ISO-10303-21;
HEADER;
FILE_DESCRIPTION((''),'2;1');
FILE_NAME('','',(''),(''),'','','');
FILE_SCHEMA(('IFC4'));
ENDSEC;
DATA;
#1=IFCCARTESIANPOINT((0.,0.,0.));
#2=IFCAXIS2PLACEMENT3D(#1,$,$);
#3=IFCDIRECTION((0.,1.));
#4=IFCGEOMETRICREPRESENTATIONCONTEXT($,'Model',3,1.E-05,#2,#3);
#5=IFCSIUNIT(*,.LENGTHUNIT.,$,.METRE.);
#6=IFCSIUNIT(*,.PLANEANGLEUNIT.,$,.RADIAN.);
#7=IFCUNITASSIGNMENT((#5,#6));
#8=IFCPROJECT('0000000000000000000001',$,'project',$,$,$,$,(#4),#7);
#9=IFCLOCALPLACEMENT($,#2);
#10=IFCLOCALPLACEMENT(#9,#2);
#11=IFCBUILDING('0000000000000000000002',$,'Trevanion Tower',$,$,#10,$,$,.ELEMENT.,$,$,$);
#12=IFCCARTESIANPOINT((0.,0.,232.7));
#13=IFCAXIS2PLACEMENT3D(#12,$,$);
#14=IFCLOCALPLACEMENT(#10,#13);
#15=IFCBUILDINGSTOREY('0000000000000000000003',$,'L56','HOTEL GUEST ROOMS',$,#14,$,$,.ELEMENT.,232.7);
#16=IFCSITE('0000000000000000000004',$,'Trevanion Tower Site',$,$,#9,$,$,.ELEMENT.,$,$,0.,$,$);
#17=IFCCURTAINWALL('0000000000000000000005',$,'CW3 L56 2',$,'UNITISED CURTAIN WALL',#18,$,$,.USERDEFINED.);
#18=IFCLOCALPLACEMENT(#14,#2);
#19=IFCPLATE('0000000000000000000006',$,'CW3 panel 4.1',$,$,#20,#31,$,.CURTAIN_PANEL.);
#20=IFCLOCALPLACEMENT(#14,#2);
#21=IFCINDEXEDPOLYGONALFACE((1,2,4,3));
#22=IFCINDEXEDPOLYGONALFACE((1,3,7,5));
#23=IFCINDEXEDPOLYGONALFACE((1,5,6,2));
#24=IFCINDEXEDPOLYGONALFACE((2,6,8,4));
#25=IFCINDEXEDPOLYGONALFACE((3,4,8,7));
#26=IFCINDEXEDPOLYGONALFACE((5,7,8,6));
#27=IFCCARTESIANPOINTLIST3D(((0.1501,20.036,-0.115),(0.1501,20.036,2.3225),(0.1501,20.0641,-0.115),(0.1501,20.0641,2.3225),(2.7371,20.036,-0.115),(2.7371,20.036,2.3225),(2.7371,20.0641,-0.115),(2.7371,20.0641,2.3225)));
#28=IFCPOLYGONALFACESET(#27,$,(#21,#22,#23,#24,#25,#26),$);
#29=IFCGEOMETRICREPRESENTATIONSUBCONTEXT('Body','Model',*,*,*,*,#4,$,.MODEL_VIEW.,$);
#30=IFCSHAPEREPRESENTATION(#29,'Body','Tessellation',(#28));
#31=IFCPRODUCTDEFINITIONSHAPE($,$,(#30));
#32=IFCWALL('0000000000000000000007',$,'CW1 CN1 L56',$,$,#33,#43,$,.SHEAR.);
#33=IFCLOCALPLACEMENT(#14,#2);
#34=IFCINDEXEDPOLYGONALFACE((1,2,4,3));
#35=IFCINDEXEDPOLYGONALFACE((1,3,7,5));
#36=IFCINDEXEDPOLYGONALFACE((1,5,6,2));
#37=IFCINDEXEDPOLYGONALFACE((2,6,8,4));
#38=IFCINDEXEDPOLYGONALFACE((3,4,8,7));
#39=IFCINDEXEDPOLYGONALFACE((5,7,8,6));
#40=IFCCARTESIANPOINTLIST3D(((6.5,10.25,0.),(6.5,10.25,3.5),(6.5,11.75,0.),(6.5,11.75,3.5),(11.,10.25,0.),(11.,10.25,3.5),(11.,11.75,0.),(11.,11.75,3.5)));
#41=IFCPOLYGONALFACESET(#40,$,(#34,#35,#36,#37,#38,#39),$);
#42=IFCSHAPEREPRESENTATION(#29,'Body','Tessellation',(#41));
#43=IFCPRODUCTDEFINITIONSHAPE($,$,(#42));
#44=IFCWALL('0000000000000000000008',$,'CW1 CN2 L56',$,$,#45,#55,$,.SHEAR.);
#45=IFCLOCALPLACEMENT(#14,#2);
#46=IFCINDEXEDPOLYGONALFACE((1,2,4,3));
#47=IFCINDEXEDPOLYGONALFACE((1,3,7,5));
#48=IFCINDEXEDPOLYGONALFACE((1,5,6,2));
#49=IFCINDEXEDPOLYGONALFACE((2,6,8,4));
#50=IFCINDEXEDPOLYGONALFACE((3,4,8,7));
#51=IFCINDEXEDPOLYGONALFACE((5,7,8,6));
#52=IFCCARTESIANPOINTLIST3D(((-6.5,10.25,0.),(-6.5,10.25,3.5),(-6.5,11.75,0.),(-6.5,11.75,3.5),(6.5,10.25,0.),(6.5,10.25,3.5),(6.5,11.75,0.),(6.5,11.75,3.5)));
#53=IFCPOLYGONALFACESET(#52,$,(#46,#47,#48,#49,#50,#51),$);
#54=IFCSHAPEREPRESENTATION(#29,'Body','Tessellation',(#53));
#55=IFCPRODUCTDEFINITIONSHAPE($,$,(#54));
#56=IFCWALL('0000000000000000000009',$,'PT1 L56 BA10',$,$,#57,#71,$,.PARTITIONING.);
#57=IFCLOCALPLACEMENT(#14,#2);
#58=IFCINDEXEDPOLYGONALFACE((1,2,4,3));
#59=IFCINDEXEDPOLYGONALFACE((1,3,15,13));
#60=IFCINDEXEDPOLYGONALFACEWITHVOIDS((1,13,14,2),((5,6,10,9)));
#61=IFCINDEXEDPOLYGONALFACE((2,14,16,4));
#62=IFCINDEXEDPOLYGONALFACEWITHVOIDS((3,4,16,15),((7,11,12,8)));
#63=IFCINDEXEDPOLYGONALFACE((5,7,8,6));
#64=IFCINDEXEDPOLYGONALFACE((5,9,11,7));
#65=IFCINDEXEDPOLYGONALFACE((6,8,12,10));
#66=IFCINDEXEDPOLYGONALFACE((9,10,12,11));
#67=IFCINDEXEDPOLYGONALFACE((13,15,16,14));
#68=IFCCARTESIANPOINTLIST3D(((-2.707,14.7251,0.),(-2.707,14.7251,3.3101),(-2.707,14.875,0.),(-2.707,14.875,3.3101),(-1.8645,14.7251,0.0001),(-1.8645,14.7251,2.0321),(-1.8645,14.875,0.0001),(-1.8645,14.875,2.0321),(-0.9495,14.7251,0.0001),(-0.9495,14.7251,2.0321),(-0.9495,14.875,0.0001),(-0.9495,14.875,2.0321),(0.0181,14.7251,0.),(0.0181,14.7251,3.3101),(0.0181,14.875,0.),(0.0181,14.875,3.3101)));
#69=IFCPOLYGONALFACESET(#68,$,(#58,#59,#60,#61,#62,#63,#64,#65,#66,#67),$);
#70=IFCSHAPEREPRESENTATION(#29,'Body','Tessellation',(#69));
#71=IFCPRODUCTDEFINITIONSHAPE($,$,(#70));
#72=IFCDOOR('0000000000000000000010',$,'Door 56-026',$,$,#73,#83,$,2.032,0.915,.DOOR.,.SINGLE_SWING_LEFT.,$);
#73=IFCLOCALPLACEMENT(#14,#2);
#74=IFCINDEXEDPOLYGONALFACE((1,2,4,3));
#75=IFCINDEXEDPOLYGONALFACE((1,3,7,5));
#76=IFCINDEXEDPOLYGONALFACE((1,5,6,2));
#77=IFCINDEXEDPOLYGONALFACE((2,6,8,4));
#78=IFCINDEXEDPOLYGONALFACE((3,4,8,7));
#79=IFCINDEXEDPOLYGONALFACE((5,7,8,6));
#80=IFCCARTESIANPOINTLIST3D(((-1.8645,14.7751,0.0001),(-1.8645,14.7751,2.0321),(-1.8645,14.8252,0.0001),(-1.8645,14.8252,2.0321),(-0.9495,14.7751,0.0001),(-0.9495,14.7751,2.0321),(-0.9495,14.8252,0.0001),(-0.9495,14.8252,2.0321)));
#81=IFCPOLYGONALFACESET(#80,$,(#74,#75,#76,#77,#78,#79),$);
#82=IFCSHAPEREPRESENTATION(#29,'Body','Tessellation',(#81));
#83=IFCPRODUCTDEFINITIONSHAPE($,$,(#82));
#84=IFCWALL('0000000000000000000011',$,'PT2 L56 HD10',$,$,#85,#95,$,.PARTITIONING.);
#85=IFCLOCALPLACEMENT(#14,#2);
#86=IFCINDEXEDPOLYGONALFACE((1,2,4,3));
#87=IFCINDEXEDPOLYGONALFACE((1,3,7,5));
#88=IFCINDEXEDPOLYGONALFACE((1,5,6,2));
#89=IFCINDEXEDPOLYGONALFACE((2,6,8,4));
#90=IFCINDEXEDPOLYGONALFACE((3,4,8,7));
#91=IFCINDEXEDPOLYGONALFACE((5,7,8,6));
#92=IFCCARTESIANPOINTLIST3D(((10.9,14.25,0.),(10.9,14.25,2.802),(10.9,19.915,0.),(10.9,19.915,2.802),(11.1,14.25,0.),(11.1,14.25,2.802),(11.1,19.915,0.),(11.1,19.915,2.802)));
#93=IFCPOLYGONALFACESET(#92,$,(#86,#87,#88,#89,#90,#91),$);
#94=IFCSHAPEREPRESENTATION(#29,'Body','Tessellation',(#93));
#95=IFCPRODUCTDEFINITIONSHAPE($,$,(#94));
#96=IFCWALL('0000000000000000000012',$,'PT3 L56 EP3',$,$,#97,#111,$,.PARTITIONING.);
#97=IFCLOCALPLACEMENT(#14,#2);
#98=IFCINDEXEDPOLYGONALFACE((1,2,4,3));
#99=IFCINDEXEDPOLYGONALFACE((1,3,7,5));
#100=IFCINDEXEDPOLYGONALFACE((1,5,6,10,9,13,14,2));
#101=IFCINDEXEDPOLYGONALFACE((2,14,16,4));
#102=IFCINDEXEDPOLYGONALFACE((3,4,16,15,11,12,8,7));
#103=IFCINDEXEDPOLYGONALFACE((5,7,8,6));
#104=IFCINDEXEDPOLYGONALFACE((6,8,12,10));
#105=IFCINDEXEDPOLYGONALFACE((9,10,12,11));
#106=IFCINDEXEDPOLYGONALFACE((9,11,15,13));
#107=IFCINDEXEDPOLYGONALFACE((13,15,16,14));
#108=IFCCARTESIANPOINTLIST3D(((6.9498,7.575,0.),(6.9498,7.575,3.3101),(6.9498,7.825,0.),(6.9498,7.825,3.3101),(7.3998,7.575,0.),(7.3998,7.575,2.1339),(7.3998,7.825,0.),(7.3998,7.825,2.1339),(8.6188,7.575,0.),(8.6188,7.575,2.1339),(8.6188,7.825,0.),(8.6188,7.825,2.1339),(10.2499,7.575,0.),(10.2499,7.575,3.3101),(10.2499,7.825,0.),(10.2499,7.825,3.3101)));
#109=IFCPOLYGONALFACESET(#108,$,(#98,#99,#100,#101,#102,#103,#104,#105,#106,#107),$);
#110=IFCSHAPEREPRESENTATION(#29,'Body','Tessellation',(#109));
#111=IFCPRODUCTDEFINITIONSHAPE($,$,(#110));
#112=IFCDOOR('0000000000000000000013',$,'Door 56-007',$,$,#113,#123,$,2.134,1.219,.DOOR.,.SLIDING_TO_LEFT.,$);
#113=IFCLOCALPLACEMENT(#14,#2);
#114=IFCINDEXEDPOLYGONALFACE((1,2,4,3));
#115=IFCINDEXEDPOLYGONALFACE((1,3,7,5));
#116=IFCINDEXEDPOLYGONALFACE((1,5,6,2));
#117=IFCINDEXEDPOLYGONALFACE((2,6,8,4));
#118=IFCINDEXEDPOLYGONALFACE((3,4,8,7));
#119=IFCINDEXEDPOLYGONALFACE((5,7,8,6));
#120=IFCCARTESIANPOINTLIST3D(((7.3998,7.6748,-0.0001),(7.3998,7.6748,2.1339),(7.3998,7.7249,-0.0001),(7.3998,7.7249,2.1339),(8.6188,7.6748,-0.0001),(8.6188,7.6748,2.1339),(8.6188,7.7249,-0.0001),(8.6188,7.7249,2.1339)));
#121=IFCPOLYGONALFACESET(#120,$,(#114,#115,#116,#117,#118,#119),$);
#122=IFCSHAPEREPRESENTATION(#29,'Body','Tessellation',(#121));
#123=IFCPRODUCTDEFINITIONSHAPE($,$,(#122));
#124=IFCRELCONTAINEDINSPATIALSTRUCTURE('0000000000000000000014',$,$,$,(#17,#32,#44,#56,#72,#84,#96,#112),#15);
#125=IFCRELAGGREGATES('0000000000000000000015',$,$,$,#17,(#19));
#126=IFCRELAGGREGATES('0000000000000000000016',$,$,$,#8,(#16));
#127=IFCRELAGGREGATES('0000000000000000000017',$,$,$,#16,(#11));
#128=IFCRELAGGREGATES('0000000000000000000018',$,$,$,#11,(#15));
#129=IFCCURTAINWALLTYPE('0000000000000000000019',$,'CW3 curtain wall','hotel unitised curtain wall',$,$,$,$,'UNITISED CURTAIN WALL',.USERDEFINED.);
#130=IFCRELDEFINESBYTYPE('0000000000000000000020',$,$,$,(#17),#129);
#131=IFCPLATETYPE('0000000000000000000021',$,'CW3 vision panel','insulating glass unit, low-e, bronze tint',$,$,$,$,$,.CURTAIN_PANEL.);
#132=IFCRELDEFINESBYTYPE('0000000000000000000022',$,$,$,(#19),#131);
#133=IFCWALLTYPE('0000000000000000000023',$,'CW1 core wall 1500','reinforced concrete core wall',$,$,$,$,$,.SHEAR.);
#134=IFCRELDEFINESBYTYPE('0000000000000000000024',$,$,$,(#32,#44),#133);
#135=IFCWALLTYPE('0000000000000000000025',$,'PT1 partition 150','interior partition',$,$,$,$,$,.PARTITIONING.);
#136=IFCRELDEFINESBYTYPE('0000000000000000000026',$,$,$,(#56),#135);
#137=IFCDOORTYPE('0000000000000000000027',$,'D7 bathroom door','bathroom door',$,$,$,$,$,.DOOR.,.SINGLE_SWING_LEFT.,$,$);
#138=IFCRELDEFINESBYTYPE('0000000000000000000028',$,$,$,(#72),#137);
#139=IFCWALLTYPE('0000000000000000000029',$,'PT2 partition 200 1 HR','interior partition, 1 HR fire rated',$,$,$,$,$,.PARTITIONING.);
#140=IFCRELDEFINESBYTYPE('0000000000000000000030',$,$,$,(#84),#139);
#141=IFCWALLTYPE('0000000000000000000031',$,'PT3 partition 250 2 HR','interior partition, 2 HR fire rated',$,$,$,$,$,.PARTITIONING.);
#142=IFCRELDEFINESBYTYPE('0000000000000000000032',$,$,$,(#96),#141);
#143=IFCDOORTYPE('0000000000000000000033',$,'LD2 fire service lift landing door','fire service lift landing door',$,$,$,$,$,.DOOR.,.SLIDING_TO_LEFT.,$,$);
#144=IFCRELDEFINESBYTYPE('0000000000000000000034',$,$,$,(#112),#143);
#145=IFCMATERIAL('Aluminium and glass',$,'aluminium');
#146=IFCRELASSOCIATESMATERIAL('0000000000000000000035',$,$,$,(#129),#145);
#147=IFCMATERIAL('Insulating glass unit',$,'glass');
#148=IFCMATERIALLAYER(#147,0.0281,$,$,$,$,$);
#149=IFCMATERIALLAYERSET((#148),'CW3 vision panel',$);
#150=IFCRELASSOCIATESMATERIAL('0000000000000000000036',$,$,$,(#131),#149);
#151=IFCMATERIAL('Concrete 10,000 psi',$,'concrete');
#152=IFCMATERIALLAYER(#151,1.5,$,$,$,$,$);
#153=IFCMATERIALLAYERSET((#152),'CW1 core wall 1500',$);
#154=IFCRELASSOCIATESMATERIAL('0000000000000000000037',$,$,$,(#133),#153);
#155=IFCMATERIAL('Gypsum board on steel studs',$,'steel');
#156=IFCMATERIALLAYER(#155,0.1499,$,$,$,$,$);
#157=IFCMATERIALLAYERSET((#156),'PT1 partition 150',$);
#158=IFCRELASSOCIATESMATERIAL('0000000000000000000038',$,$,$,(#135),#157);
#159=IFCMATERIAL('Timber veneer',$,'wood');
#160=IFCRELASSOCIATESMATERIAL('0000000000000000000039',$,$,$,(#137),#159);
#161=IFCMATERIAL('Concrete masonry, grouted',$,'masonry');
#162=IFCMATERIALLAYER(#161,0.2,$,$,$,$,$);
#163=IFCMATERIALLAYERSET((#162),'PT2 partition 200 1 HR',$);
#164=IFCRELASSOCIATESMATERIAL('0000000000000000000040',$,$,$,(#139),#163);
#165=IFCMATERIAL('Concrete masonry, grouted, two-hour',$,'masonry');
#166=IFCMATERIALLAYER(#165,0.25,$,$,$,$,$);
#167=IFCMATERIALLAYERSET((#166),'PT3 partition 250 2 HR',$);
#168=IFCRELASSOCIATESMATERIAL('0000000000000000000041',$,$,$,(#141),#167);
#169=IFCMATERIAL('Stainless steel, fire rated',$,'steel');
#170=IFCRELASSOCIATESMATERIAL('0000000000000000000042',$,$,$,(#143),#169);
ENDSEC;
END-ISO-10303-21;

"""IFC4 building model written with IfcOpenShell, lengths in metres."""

from ifc_helpers import new_model, si_unit, direction, frame, frame_2d, origin, origin_2d, place, context, subcontext, project, spatial, rectangle, extrude, material, layer, layer_set, type_object, element, fill, aggregate, save


model = new_model("IFC4")

# Units and contexts
model_context = context("Model", 3, precision=1e-05, world=origin(), true_north=direction((0.0, 1.0)))
body_context = subcontext(model_context, "Body", "Model", "MODEL_VIEW")
ifc_project = project(units=[si_unit("LENGTHUNIT", "METRE"), si_unit("PLANEANGLEUNIT", "RADIAN")], contexts=[model_context])

# Site, building, storey
site_placement = place(None, origin())
site = spatial("IfcSite", under=ifc_project, at=site_placement, Name="Trevanion Tower Site", CompositionType="ELEMENT", RefElevation=0.0)
building_placement = place(site_placement, origin())
building = spatial("IfcBuilding", under=site, at=building_placement, Name="Trevanion Tower", CompositionType="ELEMENT")
storey_placement = place(building_placement, frame((0.0, 0.0, 232.7)))
storey = spatial("IfcBuildingStorey", under=building, at=storey_placement, Name="L56", Description="HOTEL GUEST ROOMS", CompositionType="ELEMENT", Elevation=232.7)

# Curtain wall
ifc_material_1 = material(Name="Aluminium and glass", Category="aluminium")
curtain_wall_type = type_object("IfcCurtainWallType", Name="CW3 curtain wall", Description="hotel unitised curtain wall", ElementType="UNITISED CURTAIN WALL", PredefinedType="USERDEFINED", material=ifc_material_1)
curtain_wall_placement = place(storey_placement, origin())
curtain_wall = element("IfcCurtainWall", 1, at=curtain_wall_placement, inside=storey, type_object=curtain_wall_type, Name="CW3 L56 2", ObjectType="UNITISED CURTAIN WALL", PredefinedType="USERDEFINED")

# Plate
ifc_material_2 = material(Name="Insulating glass unit", Category="glass")
ifc_layer_1 = layer(ifc_material_2, 0.0281)
ifc_layer_set_1 = layer_set([ifc_layer_1], Name="CW3 vision panel")
plate_type_1 = type_object("IfcPlateType", Name="CW3 vision panel", Description="insulating glass unit, low-e, bronze tint", PredefinedType="CURTAIN_PANEL", material=ifc_layer_set_1)
plate_1_placement = place(storey_placement, frame((1.4436, 20.05, -0.115), z_axis=(0.0, 0.0, 1.0), x_axis=(-1.0, 0.0, 0.0)))
plate_1 = element("IfcPlate", 2, at=plate_1_placement, type_object=plate_type_1, Name="CW3 panel 4.1", PredefinedType="CURTAIN_PANEL", context=body_context, shape_type="SweptSolid", body=[
    extrude(rectangle(XDim=2.5869, YDim=0.0281, at=origin_2d()), origin(), (0.0, 0.0, 1.0), 2.4375),
])
aggregate(curtain_wall, [plate_1])

# Walls
ifc_material_3 = material(Name="Concrete 10,000 psi", Category="concrete")
ifc_layer_2 = layer(ifc_material_3, 1.5)
ifc_layer_set_2 = layer_set([ifc_layer_2], Name="CW1 core wall 1500")
wall_type_1 = type_object("IfcWallType", Name="CW1 core wall 1500", Description="reinforced concrete core wall", PredefinedType="SHEAR", material=ifc_layer_set_2)
wall_1_placement = place(storey_placement, frame((11.0, 11.0, 0.0), z_axis=(0.0, 0.0, 1.0), x_axis=(-1.0, 0.0, 0.0)))
element("IfcWall", 3, at=wall_1_placement, inside=storey, type_object=wall_type_1, Name="CW1 CN1 L56", PredefinedType="SHEAR", context=body_context, shape_type="SweptSolid", body=[
    extrude(rectangle(XDim=4.5, YDim=1.5, at=frame_2d((2.25, 0.0))), origin(), (0.0, 0.0, 1.0), 3.5),
])
wall_2_placement = place(storey_placement, frame((6.5, 11.0, 0.0), z_axis=(0.0, 0.0, 1.0), x_axis=(-1.0, 0.0, 0.0)))
element("IfcWall", 4, at=wall_2_placement, inside=storey, type_object=wall_type_1, Name="CW1 CN2 L56", PredefinedType="SHEAR", context=body_context, shape_type="SweptSolid", body=[
    extrude(rectangle(XDim=13.0, YDim=1.5, at=frame_2d((6.5, 0.0))), origin(), (0.0, 0.0, 1.0), 3.5),
])

# Wall, opening, door
ifc_material_4 = material(Name="Gypsum board on steel studs", Category="steel")
ifc_layer_3 = layer(ifc_material_4, 0.1499)
ifc_layer_set_3 = layer_set([ifc_layer_3], Name="PT1 partition 150")
wall_type_2 = type_object("IfcWallType", Name="PT1 partition 150", Description="interior partition", PredefinedType="PARTITIONING", material=ifc_layer_set_3)
wall_3_placement = place(storey_placement, frame((0.0181, 14.8, 0.0), z_axis=(0.0, 0.0, 1.0), x_axis=(-1.0, 0.0, 0.0)))
wall_3 = element("IfcWall", 5, at=wall_3_placement, inside=storey, type_object=wall_type_2, Name="PT1 L56 BA10", PredefinedType="PARTITIONING", context=body_context, shape_type="SweptSolid", body=[
    extrude(rectangle(XDim=2.7251, YDim=0.1499, at=frame_2d((1.3625, 0.0))), origin(), (0.0, 0.0, 1.0), 3.3101),
])
opening_1_placement = place(wall_3_placement, frame((0.9675, 0.0, 0.0)))
opening_1 = element("IfcOpeningElement", 6, at=opening_1_placement, cuts=wall_3, PredefinedType="OPENING", context=body_context, shape_type="SweptSolid", body=[
    extrude(rectangle(XDim=0.915, YDim=2.032, at=frame_2d((0.4575, 1.0161))), frame((0.0, 0.085, 0.0), z_axis=(0.0, -1.0, 0.0), x_axis=(1.0, 0.0, 0.0)), (0.0, 0.0, 1.0), 0.1699),
])
ifc_material_5 = material(Name="Timber veneer", Category="wood")
door_type_1 = type_object("IfcDoorType", Name="D7 bathroom door", Description="bathroom door", OperationType="SINGLE_SWING_LEFT", PredefinedType="DOOR", material=ifc_material_5)
door_1_placement = place(opening_1_placement, origin())
door_1 = element("IfcDoor", 7, at=door_1_placement, inside=storey, type_object=door_type_1, Name="Door 56-026", OperationType="SINGLE_SWING_LEFT", OverallHeight=2.032, OverallWidth=0.915, PredefinedType="DOOR", context=body_context, shape_type="SweptSolid", body=[
    extrude(rectangle(XDim=0.915, YDim=2.032, at=frame_2d((0.4575, 1.0161))), frame((0.0, 0.0249, 0.0), z_axis=(0.0, -1.0, 0.0), x_axis=(1.0, 0.0, 0.0)), (0.0, 0.0, 1.0), 0.05),
])
fill(opening_1, door_1)

# Wall
ifc_material_6 = material(Name="Concrete masonry, grouted", Category="masonry")
ifc_layer_4 = layer(ifc_material_6, 0.2)
ifc_layer_set_4 = layer_set([ifc_layer_4], Name="PT2 partition 200 1 HR")
wall_type_3 = type_object("IfcWallType", Name="PT2 partition 200 1 HR", Description="interior partition, 1 HR fire rated", PredefinedType="PARTITIONING", material=ifc_layer_set_4)
wall_4_placement = place(storey_placement, frame((11.0, 14.25, 0.0), z_axis=(0.0, 0.0, 1.0), x_axis=(0.0, 1.0, 0.0)))
element("IfcWall", 8, at=wall_4_placement, inside=storey, type_object=wall_type_3, Name="PT2 L56 HD10", PredefinedType="PARTITIONING", context=body_context, shape_type="SweptSolid", body=[
    extrude(rectangle(XDim=5.665, YDim=0.2, at=frame_2d((2.8325, 0.0))), origin(), (0.0, 0.0, 1.0), 2.802),
])

# Wall, opening, door
ifc_material_7 = material(Name="Concrete masonry, grouted, two-hour", Category="masonry")
ifc_layer_5 = layer(ifc_material_7, 0.25)
ifc_layer_set_5 = layer_set([ifc_layer_5], Name="PT3 partition 250 2 HR")
wall_type_4 = type_object("IfcWallType", Name="PT3 partition 250 2 HR", Description="interior partition, 2 HR fire rated", PredefinedType="PARTITIONING", material=ifc_layer_set_5)
wall_5_placement = place(storey_placement, frame((6.95, 7.7, 0.0), z_axis=(0.0, 0.0, 1.0), x_axis=(1.0, 0.0, 0.0)))
wall_5 = element("IfcWall", 9, at=wall_5_placement, inside=storey, type_object=wall_type_4, Name="PT3 L56 EP3", PredefinedType="PARTITIONING", context=body_context, shape_type="SweptSolid", body=[
    extrude(rectangle(XDim=3.3, YDim=0.25, at=frame_2d((1.6499, 0.0))), origin(), (0.0, 0.0, 1.0), 3.3101),
])
opening_2_placement = place(wall_5_placement, frame((0.45, 0.0, 0.0)))
opening_2 = element("IfcOpeningElement", 10, at=opening_2_placement, cuts=wall_5, PredefinedType="OPENING", context=body_context, shape_type="SweptSolid", body=[
    extrude(rectangle(XDim=1.219, YDim=2.134, at=frame_2d((0.6094, 1.0669))), frame((0.0, 0.135, 0.0), z_axis=(0.0, -1.0, 0.0), x_axis=(1.0, 0.0, 0.0)), (0.0, 0.0, 1.0), 0.27),
])
ifc_material_8 = material(Name="Stainless steel, fire rated", Category="steel")
door_type_2 = type_object("IfcDoorType", Name="LD2 fire service lift landing door", Description="fire service lift landing door", OperationType="SLIDING_TO_LEFT", PredefinedType="DOOR", material=ifc_material_8)
door_2_placement = place(opening_2_placement, origin())
door_2 = element("IfcDoor", 11, at=door_2_placement, inside=storey, type_object=door_type_2, Name="Door 56-007", OperationType="SLIDING_TO_LEFT", OverallHeight=2.134, OverallWidth=1.219, PredefinedType="DOOR", context=body_context, shape_type="SweptSolid", body=[
    extrude(rectangle(XDim=1.219, YDim=2.134, at=frame_2d((0.6094, 1.0669))), frame((0.0, 0.0249, 0.0), z_axis=(0.0, -1.0, 0.0), x_axis=(1.0, 0.0, 0.0)), (0.0, 0.0, 1.0), 0.05),
])
fill(opening_2, door_2)

save(model, "model.ifc")
